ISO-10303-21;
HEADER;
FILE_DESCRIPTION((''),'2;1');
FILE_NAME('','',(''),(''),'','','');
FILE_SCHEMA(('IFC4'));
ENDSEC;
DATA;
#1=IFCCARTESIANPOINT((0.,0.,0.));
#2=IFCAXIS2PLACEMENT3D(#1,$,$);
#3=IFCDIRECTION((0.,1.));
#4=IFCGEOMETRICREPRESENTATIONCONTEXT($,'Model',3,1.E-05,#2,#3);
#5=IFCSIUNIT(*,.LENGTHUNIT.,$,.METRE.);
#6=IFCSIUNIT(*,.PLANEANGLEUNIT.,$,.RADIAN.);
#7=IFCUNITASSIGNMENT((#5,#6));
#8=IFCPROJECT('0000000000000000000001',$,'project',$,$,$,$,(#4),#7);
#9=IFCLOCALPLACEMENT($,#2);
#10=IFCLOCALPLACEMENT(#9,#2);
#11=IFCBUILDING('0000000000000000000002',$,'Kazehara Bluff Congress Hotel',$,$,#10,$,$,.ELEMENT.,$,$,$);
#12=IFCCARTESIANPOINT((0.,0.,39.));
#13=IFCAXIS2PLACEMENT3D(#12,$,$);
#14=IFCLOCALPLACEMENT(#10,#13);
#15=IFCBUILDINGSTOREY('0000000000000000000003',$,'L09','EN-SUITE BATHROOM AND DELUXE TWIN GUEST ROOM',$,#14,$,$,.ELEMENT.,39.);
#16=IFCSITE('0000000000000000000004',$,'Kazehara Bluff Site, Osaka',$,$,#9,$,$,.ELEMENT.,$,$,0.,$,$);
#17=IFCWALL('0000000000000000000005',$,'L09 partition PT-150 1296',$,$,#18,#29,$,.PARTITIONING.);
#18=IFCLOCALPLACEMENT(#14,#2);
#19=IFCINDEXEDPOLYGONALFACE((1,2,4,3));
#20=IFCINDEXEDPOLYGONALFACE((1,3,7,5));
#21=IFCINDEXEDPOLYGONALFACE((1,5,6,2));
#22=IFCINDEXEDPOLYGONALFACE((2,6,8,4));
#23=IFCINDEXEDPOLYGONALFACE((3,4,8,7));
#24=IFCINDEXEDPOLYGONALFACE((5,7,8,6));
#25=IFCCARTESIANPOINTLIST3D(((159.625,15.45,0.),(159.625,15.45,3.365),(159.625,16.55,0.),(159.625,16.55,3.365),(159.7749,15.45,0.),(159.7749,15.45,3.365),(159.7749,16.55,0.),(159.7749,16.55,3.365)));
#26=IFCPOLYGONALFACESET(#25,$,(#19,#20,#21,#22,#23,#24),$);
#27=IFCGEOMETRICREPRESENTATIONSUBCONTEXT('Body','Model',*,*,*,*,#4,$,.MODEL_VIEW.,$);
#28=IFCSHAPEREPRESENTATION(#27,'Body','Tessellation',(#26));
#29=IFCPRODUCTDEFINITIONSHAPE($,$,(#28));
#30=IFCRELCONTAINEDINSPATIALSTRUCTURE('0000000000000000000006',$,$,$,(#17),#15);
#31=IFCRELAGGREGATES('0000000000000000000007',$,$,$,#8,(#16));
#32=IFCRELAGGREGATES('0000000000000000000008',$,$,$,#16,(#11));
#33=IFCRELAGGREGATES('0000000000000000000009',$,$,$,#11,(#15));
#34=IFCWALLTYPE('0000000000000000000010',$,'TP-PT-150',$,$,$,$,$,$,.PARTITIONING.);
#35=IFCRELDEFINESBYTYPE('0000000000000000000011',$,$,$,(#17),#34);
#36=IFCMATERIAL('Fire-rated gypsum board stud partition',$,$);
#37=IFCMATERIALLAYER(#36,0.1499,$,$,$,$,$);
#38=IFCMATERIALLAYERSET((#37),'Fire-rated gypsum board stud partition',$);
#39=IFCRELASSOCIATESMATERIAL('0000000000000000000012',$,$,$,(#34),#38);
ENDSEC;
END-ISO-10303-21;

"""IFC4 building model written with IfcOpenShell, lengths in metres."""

from ifc_helpers import new_model, si_unit, direction, frame, frame_2d, origin, place, context, subcontext, project, spatial, rectangle, extrude, material, layer, layer_set, type_object, element, save


model = new_model("IFC4")

# Units and contexts
model_context = context("Model", 3, precision=1e-05, world=origin(), true_north=direction((0.0, 1.0)))
body_context = subcontext(model_context, "Body", "Model", "MODEL_VIEW")
ifc_project = project(units=[si_unit("LENGTHUNIT", "METRE"), si_unit("PLANEANGLEUNIT", "RADIAN")], contexts=[model_context])

# Site, building, storey
site_placement = place(None, origin())
site = spatial("IfcSite", under=ifc_project, at=site_placement, Name="Kazehara Bluff Site, Osaka", CompositionType="ELEMENT", RefElevation=0.0)
building_placement = place(site_placement, origin())
building = spatial("IfcBuilding", under=site, at=building_placement, Name="Kazehara Bluff Congress Hotel", CompositionType="ELEMENT")
storey_placement = place(building_placement, frame((0.0, 0.0, 39.0)))
storey = spatial("IfcBuildingStorey", under=building, at=storey_placement, Name="L09", Description="EN-SUITE BATHROOM AND DELUXE TWIN GUEST ROOM", CompositionType="ELEMENT", Elevation=39.0)

# Shared definitions
ifc_material_1 = material(Name="Fire-rated gypsum board stud partition")
ifc_layer_1 = layer(ifc_material_1, 0.1499)
ifc_layer_set_1 = layer_set([ifc_layer_1], Name="Fire-rated gypsum board stud partition")
wall_type_1 = type_object("IfcWallType", Name="TP-PT-150", PredefinedType="PARTITIONING", material=ifc_layer_set_1)

# Wall
wall_1_placement = place(storey_placement, frame((159.7, 15.45, 0.0), z_axis=(0.0, 0.0, 1.0), x_axis=(0.0, 1.0, 0.0)))
element("IfcWall", 1, at=wall_1_placement, inside=storey, type_object=wall_type_1, Name="L09 partition PT-150 1296", PredefinedType="PARTITIONING", context=body_context, shape_type="SweptSolid", body=[
    extrude(rectangle(XDim=1.1001, YDim=0.1499, at=frame_2d((0.55, 0.0))), origin(), (0.0, 0.0, 1.0), 3.365),
])

save(model, "model.ifc")
